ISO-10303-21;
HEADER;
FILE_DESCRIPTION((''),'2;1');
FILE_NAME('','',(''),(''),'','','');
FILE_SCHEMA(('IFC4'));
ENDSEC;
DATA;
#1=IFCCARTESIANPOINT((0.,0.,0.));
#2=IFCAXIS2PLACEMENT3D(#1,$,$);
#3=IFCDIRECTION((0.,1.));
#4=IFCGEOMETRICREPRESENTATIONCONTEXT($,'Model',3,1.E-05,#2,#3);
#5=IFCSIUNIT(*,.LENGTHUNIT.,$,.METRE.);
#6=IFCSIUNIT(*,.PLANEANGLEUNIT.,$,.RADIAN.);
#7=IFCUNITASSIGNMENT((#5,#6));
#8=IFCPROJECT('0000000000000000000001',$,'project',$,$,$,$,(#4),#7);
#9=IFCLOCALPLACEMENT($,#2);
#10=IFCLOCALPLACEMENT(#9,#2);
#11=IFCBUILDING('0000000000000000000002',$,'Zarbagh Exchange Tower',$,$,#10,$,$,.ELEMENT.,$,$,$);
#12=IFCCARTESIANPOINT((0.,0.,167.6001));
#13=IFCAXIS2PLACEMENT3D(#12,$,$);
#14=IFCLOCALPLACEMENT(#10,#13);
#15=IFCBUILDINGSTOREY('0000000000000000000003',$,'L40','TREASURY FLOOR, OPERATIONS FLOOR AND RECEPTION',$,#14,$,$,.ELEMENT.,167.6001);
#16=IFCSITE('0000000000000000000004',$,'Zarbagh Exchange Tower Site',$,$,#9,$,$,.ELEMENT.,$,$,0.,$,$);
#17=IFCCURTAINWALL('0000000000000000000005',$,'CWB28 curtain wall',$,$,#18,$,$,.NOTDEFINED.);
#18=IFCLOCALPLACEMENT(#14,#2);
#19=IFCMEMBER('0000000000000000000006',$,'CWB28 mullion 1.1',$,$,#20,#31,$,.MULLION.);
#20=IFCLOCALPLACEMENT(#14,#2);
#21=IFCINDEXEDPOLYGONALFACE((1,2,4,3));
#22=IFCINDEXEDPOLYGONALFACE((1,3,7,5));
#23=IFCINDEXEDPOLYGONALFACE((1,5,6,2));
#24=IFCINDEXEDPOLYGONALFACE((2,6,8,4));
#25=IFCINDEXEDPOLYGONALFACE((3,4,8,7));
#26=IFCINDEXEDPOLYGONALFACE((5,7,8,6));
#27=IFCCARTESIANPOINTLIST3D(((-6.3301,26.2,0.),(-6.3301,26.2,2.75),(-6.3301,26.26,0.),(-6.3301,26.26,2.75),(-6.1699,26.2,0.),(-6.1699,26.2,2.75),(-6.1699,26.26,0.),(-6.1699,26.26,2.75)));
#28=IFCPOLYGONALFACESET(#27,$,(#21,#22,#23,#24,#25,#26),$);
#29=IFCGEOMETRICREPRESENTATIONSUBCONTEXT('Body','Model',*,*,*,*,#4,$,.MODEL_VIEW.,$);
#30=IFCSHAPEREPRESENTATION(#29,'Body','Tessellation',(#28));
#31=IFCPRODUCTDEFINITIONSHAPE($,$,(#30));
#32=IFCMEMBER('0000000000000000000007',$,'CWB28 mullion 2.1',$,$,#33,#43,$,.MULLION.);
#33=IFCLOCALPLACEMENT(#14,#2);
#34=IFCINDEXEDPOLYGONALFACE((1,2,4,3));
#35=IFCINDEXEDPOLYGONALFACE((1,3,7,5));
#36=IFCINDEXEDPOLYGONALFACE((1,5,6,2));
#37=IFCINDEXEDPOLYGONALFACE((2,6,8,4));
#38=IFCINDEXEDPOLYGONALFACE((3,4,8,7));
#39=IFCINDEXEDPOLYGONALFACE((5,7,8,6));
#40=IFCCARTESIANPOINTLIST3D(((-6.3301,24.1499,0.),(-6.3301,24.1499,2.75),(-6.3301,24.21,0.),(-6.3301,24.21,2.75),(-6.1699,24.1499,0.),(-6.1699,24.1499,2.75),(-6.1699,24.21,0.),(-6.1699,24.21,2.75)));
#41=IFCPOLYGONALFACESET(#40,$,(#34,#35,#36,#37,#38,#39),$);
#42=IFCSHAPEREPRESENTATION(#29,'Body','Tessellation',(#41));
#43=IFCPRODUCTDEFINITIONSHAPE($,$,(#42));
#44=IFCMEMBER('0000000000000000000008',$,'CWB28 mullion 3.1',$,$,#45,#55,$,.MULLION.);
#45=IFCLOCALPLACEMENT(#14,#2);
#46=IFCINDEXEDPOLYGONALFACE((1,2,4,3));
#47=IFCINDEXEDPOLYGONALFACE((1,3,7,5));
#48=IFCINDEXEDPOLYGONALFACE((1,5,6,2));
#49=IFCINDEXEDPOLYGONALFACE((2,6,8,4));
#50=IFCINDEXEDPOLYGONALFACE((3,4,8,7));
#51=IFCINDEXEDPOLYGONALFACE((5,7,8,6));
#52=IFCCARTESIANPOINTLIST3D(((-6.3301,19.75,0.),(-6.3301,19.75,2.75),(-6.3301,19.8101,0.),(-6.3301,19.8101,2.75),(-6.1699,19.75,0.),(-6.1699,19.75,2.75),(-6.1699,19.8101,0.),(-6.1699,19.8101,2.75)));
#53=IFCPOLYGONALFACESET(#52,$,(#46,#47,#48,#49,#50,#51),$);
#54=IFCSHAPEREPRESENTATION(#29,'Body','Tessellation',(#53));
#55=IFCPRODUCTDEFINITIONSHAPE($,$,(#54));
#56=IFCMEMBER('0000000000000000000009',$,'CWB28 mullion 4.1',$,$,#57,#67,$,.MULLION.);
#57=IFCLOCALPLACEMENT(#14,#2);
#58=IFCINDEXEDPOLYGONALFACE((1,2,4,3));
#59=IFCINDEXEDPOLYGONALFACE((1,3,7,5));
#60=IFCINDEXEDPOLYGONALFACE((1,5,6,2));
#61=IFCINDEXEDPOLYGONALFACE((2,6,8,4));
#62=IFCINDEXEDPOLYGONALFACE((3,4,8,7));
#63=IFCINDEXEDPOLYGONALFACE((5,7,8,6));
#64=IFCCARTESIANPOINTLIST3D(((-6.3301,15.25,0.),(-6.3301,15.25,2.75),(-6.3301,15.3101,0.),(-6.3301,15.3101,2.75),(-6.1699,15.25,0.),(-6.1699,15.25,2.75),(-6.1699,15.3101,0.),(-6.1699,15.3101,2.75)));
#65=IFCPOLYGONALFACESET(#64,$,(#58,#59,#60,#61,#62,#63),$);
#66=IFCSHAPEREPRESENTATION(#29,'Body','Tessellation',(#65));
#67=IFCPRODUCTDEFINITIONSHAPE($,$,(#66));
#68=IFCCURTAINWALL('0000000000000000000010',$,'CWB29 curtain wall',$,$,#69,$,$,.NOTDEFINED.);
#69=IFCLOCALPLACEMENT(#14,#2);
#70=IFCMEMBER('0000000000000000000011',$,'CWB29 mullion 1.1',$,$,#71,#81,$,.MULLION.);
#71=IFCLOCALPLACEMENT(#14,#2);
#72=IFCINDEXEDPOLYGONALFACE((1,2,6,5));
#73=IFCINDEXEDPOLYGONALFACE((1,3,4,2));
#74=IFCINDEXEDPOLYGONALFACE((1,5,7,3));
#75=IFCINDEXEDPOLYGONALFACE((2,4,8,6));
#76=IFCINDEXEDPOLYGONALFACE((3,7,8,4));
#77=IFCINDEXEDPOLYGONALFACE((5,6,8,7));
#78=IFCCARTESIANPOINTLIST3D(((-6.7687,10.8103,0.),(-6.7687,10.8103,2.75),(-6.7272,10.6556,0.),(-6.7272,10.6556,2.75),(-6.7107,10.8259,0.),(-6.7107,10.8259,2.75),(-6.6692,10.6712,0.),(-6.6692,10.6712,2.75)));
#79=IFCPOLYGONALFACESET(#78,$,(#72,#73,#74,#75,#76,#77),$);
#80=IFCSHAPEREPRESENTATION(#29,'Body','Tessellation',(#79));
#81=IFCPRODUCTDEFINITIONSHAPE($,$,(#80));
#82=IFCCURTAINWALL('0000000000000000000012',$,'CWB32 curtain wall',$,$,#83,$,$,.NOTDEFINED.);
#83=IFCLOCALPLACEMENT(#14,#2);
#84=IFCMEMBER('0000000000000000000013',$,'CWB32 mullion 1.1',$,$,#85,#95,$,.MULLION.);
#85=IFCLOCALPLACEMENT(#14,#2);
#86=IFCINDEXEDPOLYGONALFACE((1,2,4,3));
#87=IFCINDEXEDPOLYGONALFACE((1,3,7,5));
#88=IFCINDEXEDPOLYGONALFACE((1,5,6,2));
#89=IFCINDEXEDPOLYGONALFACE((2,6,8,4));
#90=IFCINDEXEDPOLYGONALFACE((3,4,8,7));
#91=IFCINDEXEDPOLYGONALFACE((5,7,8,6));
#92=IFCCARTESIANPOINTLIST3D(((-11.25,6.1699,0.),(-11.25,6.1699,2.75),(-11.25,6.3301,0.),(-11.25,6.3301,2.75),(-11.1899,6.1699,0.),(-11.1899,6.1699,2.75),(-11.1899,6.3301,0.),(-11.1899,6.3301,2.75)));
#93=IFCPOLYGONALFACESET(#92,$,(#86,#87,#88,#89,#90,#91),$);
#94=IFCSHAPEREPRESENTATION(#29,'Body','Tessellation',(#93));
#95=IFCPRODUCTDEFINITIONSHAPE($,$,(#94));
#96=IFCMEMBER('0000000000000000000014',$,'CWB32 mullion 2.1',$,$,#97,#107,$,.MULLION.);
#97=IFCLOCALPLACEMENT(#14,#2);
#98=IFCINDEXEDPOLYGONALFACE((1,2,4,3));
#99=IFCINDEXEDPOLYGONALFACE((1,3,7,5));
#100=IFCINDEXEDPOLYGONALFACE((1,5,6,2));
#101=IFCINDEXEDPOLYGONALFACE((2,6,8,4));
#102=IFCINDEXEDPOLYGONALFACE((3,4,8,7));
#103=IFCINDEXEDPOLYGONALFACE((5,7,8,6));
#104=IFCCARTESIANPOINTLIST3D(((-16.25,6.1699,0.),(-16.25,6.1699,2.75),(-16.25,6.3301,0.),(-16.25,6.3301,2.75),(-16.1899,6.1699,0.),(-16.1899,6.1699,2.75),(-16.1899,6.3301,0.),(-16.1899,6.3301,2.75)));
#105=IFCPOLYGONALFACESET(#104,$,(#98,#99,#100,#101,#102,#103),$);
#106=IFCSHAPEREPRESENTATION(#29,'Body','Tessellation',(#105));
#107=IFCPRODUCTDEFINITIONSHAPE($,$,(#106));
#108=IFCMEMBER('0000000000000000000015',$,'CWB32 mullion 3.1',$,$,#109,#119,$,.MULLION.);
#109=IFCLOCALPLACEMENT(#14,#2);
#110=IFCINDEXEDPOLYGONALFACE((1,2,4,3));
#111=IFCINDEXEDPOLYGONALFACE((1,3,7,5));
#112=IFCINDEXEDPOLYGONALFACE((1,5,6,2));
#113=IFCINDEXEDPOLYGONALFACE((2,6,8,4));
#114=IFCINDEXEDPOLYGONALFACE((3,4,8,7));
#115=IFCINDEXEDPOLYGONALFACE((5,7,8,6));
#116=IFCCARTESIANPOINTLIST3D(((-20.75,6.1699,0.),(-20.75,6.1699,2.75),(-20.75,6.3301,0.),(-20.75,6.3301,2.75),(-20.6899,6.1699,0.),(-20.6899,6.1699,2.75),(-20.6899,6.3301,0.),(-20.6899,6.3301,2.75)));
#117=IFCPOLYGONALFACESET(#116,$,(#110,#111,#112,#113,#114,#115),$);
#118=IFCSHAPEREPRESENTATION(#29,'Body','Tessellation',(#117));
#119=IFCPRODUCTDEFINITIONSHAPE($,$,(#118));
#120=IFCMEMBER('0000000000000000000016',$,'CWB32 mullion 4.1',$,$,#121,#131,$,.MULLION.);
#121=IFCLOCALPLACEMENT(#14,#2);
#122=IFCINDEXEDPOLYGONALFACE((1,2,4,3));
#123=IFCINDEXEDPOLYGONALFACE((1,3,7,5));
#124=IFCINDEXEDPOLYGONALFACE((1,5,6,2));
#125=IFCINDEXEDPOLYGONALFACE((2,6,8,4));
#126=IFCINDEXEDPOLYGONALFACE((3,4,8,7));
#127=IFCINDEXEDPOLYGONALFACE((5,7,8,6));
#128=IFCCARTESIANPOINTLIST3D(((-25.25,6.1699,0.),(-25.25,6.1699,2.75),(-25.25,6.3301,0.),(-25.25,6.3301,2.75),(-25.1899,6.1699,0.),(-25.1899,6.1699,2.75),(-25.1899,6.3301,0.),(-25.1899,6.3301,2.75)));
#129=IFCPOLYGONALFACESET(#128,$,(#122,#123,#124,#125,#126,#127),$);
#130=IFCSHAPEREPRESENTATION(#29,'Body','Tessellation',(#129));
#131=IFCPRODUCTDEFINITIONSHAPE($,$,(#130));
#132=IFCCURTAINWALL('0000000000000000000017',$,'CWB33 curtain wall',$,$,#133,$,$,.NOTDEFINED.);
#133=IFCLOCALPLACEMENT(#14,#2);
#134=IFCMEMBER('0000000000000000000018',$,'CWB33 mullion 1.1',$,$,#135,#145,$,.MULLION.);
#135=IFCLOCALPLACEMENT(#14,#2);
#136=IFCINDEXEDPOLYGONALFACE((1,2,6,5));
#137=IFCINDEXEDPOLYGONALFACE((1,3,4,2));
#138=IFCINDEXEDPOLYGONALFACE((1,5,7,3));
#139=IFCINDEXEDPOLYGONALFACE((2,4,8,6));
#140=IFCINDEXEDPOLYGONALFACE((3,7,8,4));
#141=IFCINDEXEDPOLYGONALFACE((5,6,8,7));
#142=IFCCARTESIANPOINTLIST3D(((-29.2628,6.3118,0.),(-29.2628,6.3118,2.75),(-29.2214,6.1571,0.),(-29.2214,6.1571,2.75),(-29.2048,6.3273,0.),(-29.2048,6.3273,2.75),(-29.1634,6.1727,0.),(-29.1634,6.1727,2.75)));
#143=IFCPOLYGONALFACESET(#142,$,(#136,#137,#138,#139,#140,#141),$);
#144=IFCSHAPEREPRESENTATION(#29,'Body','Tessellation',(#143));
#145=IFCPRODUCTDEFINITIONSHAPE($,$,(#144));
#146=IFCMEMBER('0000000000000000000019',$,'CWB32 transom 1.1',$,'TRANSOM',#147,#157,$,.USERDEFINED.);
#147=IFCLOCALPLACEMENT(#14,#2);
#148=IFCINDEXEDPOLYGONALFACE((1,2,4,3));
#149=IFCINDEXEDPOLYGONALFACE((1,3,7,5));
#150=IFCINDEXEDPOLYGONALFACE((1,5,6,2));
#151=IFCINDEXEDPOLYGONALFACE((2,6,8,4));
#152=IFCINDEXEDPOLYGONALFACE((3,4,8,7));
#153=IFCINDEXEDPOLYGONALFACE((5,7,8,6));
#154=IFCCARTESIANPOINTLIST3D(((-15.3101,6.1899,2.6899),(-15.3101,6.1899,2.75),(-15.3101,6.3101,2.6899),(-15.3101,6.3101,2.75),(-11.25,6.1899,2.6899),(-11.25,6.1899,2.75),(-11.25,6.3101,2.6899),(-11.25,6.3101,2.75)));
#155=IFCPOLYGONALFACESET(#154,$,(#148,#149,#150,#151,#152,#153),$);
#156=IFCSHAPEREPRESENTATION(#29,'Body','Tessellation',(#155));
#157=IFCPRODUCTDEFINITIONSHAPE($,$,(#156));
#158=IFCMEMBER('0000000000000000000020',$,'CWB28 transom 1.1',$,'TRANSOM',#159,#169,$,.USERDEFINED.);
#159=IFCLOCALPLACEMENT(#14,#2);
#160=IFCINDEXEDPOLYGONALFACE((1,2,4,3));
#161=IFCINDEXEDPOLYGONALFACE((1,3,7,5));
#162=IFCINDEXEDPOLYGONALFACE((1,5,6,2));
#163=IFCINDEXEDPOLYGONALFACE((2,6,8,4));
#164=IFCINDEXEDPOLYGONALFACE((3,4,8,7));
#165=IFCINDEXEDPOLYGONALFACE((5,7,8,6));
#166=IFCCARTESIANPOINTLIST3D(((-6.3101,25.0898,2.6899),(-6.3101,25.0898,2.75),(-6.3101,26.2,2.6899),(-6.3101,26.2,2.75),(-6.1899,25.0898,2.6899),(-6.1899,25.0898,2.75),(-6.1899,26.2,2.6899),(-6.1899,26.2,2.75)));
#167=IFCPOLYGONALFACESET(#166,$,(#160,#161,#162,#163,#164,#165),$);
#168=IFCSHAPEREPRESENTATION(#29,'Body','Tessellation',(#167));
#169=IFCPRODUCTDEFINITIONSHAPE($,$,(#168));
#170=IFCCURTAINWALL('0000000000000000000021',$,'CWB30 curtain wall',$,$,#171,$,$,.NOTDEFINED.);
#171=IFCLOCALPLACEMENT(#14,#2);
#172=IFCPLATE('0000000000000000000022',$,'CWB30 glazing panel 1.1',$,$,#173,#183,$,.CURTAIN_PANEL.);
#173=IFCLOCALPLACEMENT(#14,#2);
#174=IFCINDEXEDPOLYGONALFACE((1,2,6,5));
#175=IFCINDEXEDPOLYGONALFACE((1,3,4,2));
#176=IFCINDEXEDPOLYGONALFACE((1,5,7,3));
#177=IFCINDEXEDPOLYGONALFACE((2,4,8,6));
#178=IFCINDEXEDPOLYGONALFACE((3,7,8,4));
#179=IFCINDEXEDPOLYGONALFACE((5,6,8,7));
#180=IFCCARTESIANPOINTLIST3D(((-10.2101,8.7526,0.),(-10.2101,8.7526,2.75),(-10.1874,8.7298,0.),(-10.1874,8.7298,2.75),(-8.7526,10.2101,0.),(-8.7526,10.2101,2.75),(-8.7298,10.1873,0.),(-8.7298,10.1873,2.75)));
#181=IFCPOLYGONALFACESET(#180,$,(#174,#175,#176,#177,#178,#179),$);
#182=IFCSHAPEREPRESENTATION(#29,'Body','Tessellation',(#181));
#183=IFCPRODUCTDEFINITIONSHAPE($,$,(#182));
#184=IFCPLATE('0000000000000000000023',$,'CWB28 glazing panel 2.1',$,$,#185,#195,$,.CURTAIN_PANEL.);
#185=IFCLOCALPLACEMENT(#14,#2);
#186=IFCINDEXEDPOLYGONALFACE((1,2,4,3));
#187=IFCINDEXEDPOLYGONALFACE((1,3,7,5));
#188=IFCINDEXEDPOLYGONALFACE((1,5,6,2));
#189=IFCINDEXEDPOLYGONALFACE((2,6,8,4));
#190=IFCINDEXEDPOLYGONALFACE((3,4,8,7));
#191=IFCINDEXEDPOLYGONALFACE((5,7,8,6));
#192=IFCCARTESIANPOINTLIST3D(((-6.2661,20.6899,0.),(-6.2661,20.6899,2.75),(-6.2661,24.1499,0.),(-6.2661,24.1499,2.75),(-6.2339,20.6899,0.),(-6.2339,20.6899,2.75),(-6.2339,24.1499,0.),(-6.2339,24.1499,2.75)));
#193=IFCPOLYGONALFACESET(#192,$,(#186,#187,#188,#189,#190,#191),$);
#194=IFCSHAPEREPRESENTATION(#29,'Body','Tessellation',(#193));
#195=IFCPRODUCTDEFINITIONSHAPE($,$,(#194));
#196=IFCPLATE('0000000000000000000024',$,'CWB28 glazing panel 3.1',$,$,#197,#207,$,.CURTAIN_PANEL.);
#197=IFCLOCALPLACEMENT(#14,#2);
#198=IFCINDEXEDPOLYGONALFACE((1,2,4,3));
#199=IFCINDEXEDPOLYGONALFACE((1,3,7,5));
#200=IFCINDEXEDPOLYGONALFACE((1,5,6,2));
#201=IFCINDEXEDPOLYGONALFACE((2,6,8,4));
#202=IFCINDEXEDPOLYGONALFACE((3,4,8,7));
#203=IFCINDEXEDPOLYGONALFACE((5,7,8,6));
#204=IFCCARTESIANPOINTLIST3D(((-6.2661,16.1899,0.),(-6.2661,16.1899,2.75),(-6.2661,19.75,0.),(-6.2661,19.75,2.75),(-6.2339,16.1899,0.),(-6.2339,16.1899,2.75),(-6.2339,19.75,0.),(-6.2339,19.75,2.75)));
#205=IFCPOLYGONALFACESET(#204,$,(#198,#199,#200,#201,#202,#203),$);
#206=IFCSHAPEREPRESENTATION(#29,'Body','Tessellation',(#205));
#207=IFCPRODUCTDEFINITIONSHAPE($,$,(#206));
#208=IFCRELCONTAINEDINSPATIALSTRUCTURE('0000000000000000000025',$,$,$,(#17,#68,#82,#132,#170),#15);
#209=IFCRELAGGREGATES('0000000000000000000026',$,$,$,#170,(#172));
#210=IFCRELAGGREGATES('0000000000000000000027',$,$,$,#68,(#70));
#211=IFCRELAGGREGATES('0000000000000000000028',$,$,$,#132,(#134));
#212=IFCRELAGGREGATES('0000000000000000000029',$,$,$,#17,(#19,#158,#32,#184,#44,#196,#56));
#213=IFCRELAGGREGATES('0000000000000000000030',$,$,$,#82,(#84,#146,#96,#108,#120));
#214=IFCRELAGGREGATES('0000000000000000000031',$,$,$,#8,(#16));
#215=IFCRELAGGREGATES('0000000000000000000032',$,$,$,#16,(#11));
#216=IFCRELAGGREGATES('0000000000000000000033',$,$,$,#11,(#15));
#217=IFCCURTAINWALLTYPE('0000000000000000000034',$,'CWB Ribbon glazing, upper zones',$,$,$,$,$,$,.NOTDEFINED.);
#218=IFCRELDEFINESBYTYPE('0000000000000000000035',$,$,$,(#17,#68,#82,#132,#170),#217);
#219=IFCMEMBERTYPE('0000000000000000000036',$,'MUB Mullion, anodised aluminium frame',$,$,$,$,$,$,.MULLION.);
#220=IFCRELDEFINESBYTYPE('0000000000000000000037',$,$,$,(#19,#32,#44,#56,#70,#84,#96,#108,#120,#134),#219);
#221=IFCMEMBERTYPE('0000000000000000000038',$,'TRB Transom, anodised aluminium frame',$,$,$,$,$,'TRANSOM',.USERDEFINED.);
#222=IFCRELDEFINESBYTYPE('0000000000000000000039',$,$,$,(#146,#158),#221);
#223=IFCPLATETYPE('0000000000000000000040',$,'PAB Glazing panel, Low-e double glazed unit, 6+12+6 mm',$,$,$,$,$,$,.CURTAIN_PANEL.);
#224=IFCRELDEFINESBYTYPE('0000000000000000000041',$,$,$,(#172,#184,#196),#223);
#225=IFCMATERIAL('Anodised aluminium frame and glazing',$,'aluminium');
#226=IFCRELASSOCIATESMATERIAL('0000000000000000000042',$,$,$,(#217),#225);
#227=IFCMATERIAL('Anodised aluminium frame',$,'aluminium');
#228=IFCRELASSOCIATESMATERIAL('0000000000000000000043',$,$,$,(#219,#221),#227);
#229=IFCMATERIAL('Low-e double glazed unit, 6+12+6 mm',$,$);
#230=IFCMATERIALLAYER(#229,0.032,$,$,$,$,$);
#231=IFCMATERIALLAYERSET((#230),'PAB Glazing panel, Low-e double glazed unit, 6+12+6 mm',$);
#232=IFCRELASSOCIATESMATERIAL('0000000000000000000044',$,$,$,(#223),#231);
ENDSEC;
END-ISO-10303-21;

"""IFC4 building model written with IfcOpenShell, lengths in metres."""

from ifc_helpers import new_model, si_unit, direction, frame, origin, place, context, subcontext, project, spatial, polyline, outline, extrude, source, transform, mapped, material, layer, layer_set, type_object, element, aggregate, save


model = new_model("IFC4")

# Units and contexts
model_context = context("Model", 3, precision=1e-05, world=origin(), true_north=direction((0.0, 1.0)))
body_context = subcontext(model_context, "Body", "Model", "MODEL_VIEW")
ifc_project = project(units=[si_unit("LENGTHUNIT", "METRE"), si_unit("PLANEANGLEUNIT", "RADIAN")], contexts=[model_context])

# Site, building, storey
site_placement = place(None, origin())
site = spatial("IfcSite", under=ifc_project, at=site_placement, Name="Zarbagh Exchange Tower Site", CompositionType="ELEMENT", RefElevation=0.0)
building_placement = place(site_placement, origin())
building = spatial("IfcBuilding", under=site, at=building_placement, Name="Zarbagh Exchange Tower", CompositionType="ELEMENT")
storey_placement = place(building_placement, frame((0.0, 0.0, 167.6001)))
storey = spatial("IfcBuildingStorey", under=building, at=storey_placement, Name="L40", Description="TREASURY FLOOR, OPERATIONS FLOOR AND RECEPTION", CompositionType="ELEMENT", Elevation=167.6001)

# Curtain wall, members
ifc_material_1 = material(Name="Anodised aluminium frame and glazing", Category="aluminium")
curtain_wall_type = type_object("IfcCurtainWallType", Name="CWB Ribbon glazing, upper zones", PredefinedType="NOTDEFINED", material=ifc_material_1)
curtain_wall_1_placement = place(storey_placement, origin())
curtain_wall_1 = element("IfcCurtainWall", 1, at=curtain_wall_1_placement, inside=storey, type_object=curtain_wall_type, Name="CWB28 curtain wall", PredefinedType="NOTDEFINED")
ifc_material_2 = material(Name="Anodised aluminium frame", Category="aluminium")
member_type_1 = type_object("IfcMemberType", Name="MUB Mullion, anodised aluminium frame", PredefinedType="MULLION", material=ifc_material_2)
shared_shape_1 = source(origin(), body_context, "Body", "SweptSolid", [
    extrude(outline(polyline([(0.0, -0.0801), (0.0601, -0.0801), (0.0601, 0.0801), (0.0, 0.0801), (0.0, -0.0801)])), origin(), (0.0, 0.0, 1.0), 2.75),
])
placement = place(storey_placement, origin())
member_1 = element("IfcMember", 2, at=placement, type_object=member_type_1, Name="CWB28 mullion 1.1", PredefinedType="MULLION", context=body_context, shape_type="MappedRepresentation", body=[
    mapped(shared_shape_1, transform((-6.25, 26.26, 0.0), x_axis=(0.0, -1.0, 0.0), y_axis=(1.0, 0.0, 0.0), z_axis=(0.0, 0.0, 1.0))),
])
member_2 = element("IfcMember", 3, at=placement, type_object=member_type_1, Name="CWB28 mullion 2.1", PredefinedType="MULLION", context=body_context, shape_type="MappedRepresentation", body=[
    mapped(shared_shape_1, transform((-6.25, 24.21, 0.0), x_axis=(0.0, -1.0, 0.0), y_axis=(1.0, 0.0, 0.0), z_axis=(0.0, 0.0, 1.0))),
])
member_3 = element("IfcMember", 4, at=placement, type_object=member_type_1, Name="CWB28 mullion 3.1", PredefinedType="MULLION", context=body_context, shape_type="MappedRepresentation", body=[
    mapped(shared_shape_1, transform((-6.25, 19.8101, 0.0), x_axis=(0.0, -1.0, 0.0), y_axis=(1.0, 0.0, 0.0), z_axis=(0.0, 0.0, 1.0))),
])
member_4 = element("IfcMember", 5, at=placement, type_object=member_type_1, Name="CWB28 mullion 4.1", PredefinedType="MULLION", context=body_context, shape_type="MappedRepresentation", body=[
    mapped(shared_shape_1, transform((-6.25, 15.3101, 0.0), x_axis=(0.0, -1.0, 0.0), y_axis=(1.0, 0.0, 0.0), z_axis=(0.0, 0.0, 1.0))),
])

# Curtain wall, member
curtain_wall_2_placement = place(storey_placement, origin())
curtain_wall_2 = element("IfcCurtainWall", 6, at=curtain_wall_2_placement, inside=storey, type_object=curtain_wall_type, Name="CWB29 curtain wall", PredefinedType="NOTDEFINED")
member_5 = element("IfcMember", 7, at=placement, type_object=member_type_1, Name="CWB29 mullion 1.1", PredefinedType="MULLION", context=body_context, shape_type="MappedRepresentation", body=[
    mapped(shared_shape_1, transform((-6.6899, 10.7485, 0.0), x_axis=(-0.965924, -0.258825, 0.0), y_axis=(0.258825, -0.965924, 0.0), z_axis=(0.0, 0.0, 1.0))),
])

# Curtain wall, members
curtain_wall_3_placement = place(storey_placement, origin())
curtain_wall_3 = element("IfcCurtainWall", 8, at=curtain_wall_3_placement, inside=storey, type_object=curtain_wall_type, Name="CWB32 curtain wall", PredefinedType="NOTDEFINED")
member_6 = element("IfcMember", 9, at=placement, type_object=member_type_1, Name="CWB32 mullion 1.1", PredefinedType="MULLION", context=body_context, shape_type="MappedRepresentation", body=[
    mapped(shared_shape_1, transform((-11.1899, 6.25, 0.0), x_axis=(-1.0, 0.0, 0.0), y_axis=(0.0, -1.0, 0.0), z_axis=(0.0, 0.0, 1.0))),
])
member_7 = element("IfcMember", 10, at=placement, type_object=member_type_1, Name="CWB32 mullion 2.1", PredefinedType="MULLION", context=body_context, shape_type="MappedRepresentation", body=[
    mapped(shared_shape_1, transform((-16.1899, 6.25, 0.0), x_axis=(-1.0, 0.0, 0.0), y_axis=(0.0, -1.0, 0.0), z_axis=(0.0, 0.0, 1.0))),
])
member_8 = element("IfcMember", 11, at=placement, type_object=member_type_1, Name="CWB32 mullion 3.1", PredefinedType="MULLION", context=body_context, shape_type="MappedRepresentation", body=[
    mapped(shared_shape_1, transform((-20.6899, 6.25, 0.0), x_axis=(-1.0, 0.0, 0.0), y_axis=(0.0, -1.0, 0.0), z_axis=(0.0, 0.0, 1.0))),
])
member_9 = element("IfcMember", 12, at=placement, type_object=member_type_1, Name="CWB32 mullion 4.1", PredefinedType="MULLION", context=body_context, shape_type="MappedRepresentation", body=[
    mapped(shared_shape_1, transform((-25.1899, 6.25, 0.0), x_axis=(-1.0, 0.0, 0.0), y_axis=(0.0, -1.0, 0.0), z_axis=(0.0, 0.0, 1.0))),
])

# Curtain wall, member
curtain_wall_4_placement = place(storey_placement, origin())
curtain_wall_4 = element("IfcCurtainWall", 13, at=curtain_wall_4_placement, inside=storey, type_object=curtain_wall_type, Name="CWB33 curtain wall", PredefinedType="NOTDEFINED")
member_10 = element("IfcMember", 14, at=placement, type_object=member_type_1, Name="CWB33 mullion 1.1", PredefinedType="MULLION", context=body_context, shape_type="MappedRepresentation", body=[
    mapped(shared_shape_1, transform((-29.1841, 6.25, 0.0), x_axis=(-0.965924, -0.258825, 0.0), y_axis=(0.258825, -0.965924, 0.0), z_axis=(0.0, 0.0, 1.0))),
])

# Members
member_type_2 = type_object("IfcMemberType", Name="TRB Transom, anodised aluminium frame", ElementType="TRANSOM", PredefinedType="USERDEFINED", material=ifc_material_2)
shared_shape_2 = source(origin(), body_context, "Body", "SweptSolid", [
    extrude(outline(polyline([(-0.0601, -0.0601), (0.0, -0.0601), (0.0, 0.0601), (-0.0601, 0.0601), (-0.0601, -0.0601)])), origin(), (0.0, 0.0, 1.0), 4.0601),
])
member_11 = element("IfcMember", 15, at=placement, type_object=member_type_2, Name="CWB32 transom 1.1", ObjectType="TRANSOM", PredefinedType="USERDEFINED", context=body_context, shape_type="MappedRepresentation", body=[
    mapped(shared_shape_2, transform((-11.25, 6.25, 2.75), x_axis=(0.0, 0.0, 1.0), y_axis=(0.0, 1.0, 0.0), z_axis=(-1.0, 0.0, 0.0))),
])
shared_shape_3 = source(origin(), body_context, "Body", "SweptSolid", [
    extrude(outline(polyline([(-0.0601, -0.0601), (0.0, -0.0601), (0.0, 0.0601), (-0.0601, 0.0601), (-0.0601, -0.0601)])), origin(), (0.0, 0.0, 1.0), 1.1101),
])
member_12 = element("IfcMember", 16, at=placement, type_object=member_type_2, Name="CWB28 transom 1.1", ObjectType="TRANSOM", PredefinedType="USERDEFINED", context=body_context, shape_type="MappedRepresentation", body=[
    mapped(shared_shape_3, transform((-6.25, 26.2, 2.75), x_axis=(0.0, 0.0, 1.0), y_axis=(-1.0, 0.0, 0.0), z_axis=(0.0, -1.0, 0.0))),
])

# Curtain wall, plate
curtain_wall_5_placement = place(storey_placement, origin())
curtain_wall_5 = element("IfcCurtainWall", 17, at=curtain_wall_5_placement, inside=storey, type_object=curtain_wall_type, Name="CWB30 curtain wall", PredefinedType="NOTDEFINED")
ifc_material_3 = material(Name="Low-e double glazed unit, 6+12+6 mm")
ifc_layer = layer(ifc_material_3, 0.032)
ifc_layer_set = layer_set([ifc_layer], Name="PAB Glazing panel, Low-e double glazed unit, 6+12+6 mm")
plate_type = type_object("IfcPlateType", Name="PAB Glazing panel, Low-e double glazed unit, 6+12+6 mm", PredefinedType="CURTAIN_PANEL", material=ifc_layer_set)
shared_shape_4 = source(origin(), body_context, "Body", "SweptSolid", [
    extrude(outline(polyline([(0.0, -0.0161), (2.0613, -0.0161), (2.0613, 0.0161), (0.0, 0.0161), (0.0, -0.0161)])), origin(), (0.0, 0.0, 1.0), 2.75),
])
plate_1 = element("IfcPlate", 18, at=placement, type_object=plate_type, Name="CWB30 glazing panel 1.1", PredefinedType="CURTAIN_PANEL", context=body_context, shape_type="MappedRepresentation", body=[
    mapped(shared_shape_4, transform((-8.7412, 10.1987, 0.0), x_axis=(-0.707107, -0.707107, 0.0), y_axis=(0.707107, -0.707107, 0.0), z_axis=(0.0, 0.0, 1.0))),
])
aggregate(curtain_wall_5, [plate_1])

# Plates
shared_shape_5 = source(origin(), body_context, "Body", "SweptSolid", [
    extrude(outline(polyline([(0.0, -0.0161), (3.46, -0.0161), (3.46, 0.0161), (0.0, 0.0161), (0.0, -0.0161)])), origin(), (0.0, 0.0, 1.0), 2.75),
])
plate_2 = element("IfcPlate", 19, at=placement, type_object=plate_type, Name="CWB28 glazing panel 2.1", PredefinedType="CURTAIN_PANEL", context=body_context, shape_type="MappedRepresentation", body=[
    mapped(shared_shape_5, transform((-6.25, 24.1499, 0.0), x_axis=(0.0, -1.0, 0.0), y_axis=(1.0, 0.0, 0.0), z_axis=(0.0, 0.0, 1.0))),
])
shared_shape_6 = source(origin(), body_context, "Body", "SweptSolid", [
    extrude(outline(polyline([(0.0, -0.0161), (3.5601, -0.0161), (3.5601, 0.0161), (0.0, 0.0161), (0.0, -0.0161)])), origin(), (0.0, 0.0, 1.0), 2.75),
])
plate_3 = element("IfcPlate", 20, at=placement, type_object=plate_type, Name="CWB28 glazing panel 3.1", PredefinedType="CURTAIN_PANEL", context=body_context, shape_type="MappedRepresentation", body=[
    mapped(shared_shape_6, transform((-6.25, 19.75, 0.0), x_axis=(0.0, -1.0, 0.0), y_axis=(1.0, 0.0, 0.0), z_axis=(0.0, 0.0, 1.0))),
])
aggregate(curtain_wall_2, [member_5])

aggregate(curtain_wall_4, [member_10])
aggregate(curtain_wall_1, [member_1, member_12, member_2, plate_2, member_3, plate_3, member_4])
aggregate(curtain_wall_3, [member_6, member_11, member_7, member_8, member_9])

save(model, "model.ifc")
